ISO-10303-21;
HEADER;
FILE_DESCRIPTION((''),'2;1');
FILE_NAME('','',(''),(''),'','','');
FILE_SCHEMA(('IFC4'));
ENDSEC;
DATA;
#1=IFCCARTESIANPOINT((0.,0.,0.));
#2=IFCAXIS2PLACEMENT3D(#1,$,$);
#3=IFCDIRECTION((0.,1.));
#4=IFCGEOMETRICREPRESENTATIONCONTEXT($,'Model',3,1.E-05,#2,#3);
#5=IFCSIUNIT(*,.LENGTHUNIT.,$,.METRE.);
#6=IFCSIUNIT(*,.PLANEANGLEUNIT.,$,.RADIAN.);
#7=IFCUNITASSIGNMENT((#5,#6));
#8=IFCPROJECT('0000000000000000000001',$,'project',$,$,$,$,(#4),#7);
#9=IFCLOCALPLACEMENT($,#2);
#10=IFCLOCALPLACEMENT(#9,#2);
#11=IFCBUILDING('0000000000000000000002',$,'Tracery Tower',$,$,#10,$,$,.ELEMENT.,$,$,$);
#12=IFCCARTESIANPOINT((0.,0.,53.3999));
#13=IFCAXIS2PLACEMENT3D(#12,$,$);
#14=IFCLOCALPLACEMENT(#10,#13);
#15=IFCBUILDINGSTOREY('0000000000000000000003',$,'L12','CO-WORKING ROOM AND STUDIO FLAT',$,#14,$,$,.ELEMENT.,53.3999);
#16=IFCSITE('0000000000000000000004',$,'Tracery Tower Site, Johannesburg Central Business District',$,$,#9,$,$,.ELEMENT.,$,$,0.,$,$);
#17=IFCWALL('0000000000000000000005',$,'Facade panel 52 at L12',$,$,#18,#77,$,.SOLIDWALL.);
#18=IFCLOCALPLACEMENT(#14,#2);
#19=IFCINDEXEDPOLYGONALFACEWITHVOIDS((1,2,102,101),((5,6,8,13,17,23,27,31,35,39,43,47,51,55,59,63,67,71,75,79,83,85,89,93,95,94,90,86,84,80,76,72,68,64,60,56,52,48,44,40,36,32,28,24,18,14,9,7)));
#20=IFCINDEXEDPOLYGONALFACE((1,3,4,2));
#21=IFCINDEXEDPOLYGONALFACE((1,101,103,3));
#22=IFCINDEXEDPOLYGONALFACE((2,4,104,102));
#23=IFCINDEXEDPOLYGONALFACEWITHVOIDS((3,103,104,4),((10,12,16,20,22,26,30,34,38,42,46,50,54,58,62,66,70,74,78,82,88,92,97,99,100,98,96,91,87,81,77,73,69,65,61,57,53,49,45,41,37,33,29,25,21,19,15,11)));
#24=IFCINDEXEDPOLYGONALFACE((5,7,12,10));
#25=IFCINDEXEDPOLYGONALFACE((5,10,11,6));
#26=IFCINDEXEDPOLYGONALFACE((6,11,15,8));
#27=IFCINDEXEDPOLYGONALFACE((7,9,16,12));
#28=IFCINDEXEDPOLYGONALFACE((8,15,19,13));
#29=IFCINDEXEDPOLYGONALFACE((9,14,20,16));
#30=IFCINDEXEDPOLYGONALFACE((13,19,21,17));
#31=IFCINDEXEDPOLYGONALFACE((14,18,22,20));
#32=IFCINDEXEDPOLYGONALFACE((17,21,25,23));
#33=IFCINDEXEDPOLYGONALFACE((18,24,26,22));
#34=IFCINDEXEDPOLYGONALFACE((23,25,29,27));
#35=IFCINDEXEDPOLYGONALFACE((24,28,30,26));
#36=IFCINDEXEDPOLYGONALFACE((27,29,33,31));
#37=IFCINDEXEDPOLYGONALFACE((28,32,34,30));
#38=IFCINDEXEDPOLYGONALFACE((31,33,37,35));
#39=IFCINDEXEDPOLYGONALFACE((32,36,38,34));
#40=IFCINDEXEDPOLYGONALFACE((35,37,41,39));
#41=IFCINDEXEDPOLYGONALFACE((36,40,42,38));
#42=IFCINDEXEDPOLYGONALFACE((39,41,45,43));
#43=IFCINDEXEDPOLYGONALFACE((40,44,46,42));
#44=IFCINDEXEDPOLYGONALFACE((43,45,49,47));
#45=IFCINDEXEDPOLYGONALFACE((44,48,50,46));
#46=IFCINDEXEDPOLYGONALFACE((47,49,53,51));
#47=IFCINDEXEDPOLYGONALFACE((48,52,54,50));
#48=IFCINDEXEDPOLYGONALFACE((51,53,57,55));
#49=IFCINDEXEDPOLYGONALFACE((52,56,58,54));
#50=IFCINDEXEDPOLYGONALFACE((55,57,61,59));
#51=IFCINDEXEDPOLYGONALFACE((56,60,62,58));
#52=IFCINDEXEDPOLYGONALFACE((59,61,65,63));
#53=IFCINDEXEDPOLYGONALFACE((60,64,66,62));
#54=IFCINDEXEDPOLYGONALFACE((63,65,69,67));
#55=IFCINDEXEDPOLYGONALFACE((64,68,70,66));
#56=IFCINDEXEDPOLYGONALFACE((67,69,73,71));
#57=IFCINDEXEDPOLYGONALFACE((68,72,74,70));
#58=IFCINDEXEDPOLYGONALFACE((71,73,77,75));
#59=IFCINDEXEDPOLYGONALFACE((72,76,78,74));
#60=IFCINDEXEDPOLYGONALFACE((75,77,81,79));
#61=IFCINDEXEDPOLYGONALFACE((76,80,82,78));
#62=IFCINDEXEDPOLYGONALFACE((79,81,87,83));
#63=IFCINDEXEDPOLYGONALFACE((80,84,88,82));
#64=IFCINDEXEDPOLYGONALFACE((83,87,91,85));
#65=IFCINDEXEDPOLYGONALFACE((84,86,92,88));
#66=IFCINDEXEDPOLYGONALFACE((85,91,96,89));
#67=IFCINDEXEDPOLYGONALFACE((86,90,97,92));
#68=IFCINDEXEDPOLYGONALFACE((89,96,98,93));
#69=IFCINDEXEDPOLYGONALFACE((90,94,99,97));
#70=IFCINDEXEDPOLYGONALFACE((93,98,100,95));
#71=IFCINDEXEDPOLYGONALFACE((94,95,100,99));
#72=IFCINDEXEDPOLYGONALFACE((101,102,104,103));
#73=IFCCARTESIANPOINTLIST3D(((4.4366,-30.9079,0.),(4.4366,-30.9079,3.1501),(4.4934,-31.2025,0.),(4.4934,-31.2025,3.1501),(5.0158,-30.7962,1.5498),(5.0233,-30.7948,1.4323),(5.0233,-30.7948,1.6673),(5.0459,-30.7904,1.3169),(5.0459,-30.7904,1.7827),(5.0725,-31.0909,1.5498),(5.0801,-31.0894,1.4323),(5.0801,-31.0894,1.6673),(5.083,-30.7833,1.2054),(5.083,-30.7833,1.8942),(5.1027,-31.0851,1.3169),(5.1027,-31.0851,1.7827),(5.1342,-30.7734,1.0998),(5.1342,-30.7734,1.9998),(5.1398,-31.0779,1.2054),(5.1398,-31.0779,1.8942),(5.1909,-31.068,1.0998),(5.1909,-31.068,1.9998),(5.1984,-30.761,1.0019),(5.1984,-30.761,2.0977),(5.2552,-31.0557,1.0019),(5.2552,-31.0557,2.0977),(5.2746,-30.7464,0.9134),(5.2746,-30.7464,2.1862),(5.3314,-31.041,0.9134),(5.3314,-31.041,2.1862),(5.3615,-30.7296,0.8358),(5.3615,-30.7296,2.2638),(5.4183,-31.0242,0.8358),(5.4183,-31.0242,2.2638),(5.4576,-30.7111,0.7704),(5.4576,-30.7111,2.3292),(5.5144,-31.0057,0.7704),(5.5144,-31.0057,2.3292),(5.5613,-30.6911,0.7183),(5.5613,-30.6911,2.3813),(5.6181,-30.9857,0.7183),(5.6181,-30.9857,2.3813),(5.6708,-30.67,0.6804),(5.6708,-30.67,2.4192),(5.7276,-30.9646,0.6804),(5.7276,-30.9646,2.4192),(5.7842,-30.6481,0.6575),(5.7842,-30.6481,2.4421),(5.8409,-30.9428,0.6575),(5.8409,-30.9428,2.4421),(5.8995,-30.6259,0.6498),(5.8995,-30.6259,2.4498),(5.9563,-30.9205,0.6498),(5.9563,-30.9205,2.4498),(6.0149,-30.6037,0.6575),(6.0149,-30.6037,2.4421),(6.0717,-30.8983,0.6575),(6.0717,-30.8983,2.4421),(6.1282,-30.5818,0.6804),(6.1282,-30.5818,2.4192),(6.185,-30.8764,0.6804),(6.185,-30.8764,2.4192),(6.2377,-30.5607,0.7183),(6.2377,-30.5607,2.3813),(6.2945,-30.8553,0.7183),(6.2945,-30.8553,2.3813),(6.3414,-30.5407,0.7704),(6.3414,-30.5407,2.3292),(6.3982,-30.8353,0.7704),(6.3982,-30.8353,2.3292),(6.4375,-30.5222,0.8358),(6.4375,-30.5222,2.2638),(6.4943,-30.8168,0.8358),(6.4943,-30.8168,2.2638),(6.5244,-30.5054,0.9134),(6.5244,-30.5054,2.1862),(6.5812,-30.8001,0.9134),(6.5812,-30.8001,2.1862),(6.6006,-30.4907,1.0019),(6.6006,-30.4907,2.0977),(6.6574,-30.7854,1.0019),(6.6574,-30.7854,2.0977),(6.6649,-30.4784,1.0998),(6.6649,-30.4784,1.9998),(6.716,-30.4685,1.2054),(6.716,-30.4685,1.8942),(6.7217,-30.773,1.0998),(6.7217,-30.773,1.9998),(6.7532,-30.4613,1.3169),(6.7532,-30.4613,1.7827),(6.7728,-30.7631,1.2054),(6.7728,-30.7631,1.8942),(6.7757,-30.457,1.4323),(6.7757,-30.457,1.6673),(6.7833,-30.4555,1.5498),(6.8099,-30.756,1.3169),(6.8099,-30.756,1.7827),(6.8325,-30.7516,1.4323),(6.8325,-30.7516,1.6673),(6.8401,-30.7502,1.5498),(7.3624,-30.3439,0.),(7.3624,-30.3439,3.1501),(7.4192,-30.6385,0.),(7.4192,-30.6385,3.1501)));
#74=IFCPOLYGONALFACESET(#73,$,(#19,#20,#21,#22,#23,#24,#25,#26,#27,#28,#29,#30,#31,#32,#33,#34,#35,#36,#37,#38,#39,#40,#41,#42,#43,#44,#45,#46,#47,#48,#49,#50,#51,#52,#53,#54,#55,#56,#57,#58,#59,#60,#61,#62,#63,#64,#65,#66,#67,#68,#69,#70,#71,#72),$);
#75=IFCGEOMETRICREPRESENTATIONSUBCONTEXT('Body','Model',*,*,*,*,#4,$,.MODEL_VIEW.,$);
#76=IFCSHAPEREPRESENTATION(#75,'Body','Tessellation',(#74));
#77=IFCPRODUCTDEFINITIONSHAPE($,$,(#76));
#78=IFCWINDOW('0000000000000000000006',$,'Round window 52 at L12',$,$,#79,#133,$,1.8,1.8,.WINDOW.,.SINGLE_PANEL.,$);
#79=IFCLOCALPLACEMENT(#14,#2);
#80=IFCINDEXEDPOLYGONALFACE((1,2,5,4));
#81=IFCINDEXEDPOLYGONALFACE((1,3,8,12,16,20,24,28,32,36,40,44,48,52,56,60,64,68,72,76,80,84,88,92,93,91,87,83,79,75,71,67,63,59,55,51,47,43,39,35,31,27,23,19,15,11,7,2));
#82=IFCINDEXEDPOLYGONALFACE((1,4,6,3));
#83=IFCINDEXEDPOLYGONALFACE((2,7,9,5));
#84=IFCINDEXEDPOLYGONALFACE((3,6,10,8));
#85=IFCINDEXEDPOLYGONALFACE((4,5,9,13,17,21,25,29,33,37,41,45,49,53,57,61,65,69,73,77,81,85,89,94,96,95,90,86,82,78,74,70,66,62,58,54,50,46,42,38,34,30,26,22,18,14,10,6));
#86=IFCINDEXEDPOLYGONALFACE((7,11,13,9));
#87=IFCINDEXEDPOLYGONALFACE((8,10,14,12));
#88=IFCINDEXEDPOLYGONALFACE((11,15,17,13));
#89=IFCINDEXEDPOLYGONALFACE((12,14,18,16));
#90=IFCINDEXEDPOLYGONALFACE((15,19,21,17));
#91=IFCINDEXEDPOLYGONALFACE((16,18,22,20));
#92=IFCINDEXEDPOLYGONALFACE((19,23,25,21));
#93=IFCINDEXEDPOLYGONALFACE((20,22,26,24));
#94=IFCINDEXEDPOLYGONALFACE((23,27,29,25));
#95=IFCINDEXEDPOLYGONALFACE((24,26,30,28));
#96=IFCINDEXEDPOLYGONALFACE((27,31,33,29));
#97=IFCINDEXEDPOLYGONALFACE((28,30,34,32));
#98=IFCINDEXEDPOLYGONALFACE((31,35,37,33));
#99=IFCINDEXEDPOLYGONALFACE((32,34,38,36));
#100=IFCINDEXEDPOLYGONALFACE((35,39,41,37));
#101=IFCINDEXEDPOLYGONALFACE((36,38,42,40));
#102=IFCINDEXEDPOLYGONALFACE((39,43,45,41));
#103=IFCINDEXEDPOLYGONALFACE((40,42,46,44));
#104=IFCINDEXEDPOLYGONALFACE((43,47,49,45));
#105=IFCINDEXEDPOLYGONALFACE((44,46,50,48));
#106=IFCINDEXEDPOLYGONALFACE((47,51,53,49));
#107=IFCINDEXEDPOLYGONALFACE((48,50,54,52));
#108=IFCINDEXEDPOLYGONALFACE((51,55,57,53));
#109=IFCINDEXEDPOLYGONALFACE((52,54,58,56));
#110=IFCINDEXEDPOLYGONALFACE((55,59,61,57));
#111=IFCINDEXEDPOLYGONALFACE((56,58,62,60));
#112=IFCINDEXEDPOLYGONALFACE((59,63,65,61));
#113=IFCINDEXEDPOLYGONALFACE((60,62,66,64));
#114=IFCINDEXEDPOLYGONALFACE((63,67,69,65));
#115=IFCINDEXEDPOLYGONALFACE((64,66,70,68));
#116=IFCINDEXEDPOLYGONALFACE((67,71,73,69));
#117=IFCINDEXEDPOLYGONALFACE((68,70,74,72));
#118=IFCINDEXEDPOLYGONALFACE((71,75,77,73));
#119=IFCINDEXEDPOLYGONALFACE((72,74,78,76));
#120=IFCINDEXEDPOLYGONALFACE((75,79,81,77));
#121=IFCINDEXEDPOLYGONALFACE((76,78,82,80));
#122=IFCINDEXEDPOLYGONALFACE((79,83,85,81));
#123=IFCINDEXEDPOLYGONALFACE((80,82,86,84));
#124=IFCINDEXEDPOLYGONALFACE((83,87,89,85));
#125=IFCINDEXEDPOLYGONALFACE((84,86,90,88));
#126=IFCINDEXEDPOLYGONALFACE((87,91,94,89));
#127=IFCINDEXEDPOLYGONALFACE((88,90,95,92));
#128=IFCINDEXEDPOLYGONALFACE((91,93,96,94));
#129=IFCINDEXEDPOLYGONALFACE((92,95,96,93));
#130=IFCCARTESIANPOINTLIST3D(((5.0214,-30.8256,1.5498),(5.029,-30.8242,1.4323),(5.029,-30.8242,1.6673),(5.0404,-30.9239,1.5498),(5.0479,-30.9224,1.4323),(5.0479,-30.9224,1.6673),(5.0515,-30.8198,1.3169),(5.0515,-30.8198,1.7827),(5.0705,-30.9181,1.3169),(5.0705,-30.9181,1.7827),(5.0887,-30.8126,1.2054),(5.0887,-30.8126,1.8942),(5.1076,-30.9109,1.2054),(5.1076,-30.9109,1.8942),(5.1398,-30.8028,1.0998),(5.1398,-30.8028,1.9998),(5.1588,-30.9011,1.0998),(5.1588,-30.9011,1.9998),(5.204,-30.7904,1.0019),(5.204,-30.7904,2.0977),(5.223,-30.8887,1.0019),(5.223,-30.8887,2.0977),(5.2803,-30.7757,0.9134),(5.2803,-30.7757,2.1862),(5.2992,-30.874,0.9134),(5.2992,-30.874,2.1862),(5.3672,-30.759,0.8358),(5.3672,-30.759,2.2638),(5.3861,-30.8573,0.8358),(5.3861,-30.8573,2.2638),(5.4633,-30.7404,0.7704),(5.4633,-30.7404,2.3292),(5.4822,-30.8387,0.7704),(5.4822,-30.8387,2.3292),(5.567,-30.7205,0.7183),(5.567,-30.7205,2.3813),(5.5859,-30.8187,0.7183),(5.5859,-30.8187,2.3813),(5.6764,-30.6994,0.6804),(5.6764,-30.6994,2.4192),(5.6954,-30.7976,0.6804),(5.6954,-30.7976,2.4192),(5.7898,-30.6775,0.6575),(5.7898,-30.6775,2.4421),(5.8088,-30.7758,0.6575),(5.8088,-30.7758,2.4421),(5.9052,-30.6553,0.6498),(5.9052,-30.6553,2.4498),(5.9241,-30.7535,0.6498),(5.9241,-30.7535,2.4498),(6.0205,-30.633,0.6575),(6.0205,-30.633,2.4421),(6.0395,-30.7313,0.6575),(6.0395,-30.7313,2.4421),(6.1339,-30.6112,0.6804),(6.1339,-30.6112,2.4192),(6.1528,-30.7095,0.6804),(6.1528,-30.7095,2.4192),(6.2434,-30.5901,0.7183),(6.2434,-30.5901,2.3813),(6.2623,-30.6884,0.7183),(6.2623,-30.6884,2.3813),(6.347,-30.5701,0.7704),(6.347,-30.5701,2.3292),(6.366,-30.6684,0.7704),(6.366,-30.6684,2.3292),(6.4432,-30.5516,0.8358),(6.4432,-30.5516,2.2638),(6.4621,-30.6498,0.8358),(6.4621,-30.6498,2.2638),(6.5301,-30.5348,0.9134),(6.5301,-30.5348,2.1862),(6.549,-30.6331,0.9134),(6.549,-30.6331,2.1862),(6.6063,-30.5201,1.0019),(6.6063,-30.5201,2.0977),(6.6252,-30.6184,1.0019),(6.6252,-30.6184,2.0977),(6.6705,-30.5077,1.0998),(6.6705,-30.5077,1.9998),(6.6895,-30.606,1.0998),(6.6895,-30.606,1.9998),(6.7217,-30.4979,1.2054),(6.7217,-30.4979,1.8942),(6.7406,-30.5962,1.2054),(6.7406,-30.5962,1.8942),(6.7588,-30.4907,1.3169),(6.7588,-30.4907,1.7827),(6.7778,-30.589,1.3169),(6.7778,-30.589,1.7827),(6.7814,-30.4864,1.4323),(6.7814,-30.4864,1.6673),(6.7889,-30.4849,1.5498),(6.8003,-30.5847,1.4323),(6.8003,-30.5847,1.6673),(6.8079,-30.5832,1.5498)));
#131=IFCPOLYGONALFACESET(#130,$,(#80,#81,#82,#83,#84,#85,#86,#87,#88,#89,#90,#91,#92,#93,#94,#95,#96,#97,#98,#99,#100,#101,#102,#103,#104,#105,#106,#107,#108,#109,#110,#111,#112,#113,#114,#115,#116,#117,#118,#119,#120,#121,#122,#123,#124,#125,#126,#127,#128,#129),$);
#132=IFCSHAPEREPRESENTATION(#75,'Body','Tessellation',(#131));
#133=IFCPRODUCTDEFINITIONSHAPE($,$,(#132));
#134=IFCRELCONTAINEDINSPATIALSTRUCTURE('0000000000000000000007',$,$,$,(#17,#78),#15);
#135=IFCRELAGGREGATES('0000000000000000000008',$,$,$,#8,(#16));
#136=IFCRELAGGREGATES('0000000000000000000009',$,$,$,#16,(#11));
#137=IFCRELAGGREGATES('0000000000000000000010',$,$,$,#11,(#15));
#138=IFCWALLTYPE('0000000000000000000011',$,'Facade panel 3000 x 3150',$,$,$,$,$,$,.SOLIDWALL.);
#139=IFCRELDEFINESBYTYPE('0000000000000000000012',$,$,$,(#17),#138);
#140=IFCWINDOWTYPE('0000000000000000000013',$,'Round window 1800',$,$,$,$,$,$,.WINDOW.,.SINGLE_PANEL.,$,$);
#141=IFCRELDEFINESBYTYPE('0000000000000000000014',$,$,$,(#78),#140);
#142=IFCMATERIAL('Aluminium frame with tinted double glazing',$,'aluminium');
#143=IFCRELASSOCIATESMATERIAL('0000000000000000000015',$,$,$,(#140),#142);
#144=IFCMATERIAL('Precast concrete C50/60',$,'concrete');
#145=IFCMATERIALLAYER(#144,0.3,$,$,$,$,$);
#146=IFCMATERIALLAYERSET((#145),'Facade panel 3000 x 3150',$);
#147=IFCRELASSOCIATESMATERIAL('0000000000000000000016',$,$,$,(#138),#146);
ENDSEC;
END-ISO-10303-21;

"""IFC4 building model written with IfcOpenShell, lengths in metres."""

from ifc_helpers import new_model, si_unit, direction, frame, frame_2d, origin, origin_2d, place, context, subcontext, project, spatial, rectangle, circle, extrude, material, layer, layer_set, type_object, element, fill, save


model = new_model("IFC4")

# Units and contexts
model_context = context("Model", 3, precision=1e-05, world=origin(), true_north=direction((0.0, 1.0)))
body_context = subcontext(model_context, "Body", "Model", "MODEL_VIEW")
ifc_project = project(units=[si_unit("LENGTHUNIT", "METRE"), si_unit("PLANEANGLEUNIT", "RADIAN")], contexts=[model_context])

# Site, building, storey
site_placement = place(None, origin())
site = spatial("IfcSite", under=ifc_project, at=site_placement, Name="Tracery Tower Site, Johannesburg Central Business District", CompositionType="ELEMENT", RefElevation=0.0)
building_placement = place(site_placement, origin())
building = spatial("IfcBuilding", under=site, at=building_placement, Name="Tracery Tower", CompositionType="ELEMENT")
storey_placement = place(building_placement, frame((0.0, 0.0, 53.3999)))
storey = spatial("IfcBuildingStorey", under=building, at=storey_placement, Name="L12", Description="CO-WORKING ROOM AND STUDIO FLAT", CompositionType="ELEMENT", Elevation=53.3999)

# Wall, opening, window
ifc_material_1 = material(Name="Aluminium frame with tinted double glazing", Category="aluminium")
window_type = type_object("IfcWindowType", Name="Round window 1800", PartitioningType="SINGLE_PANEL", PredefinedType="WINDOW", material=ifc_material_1)
ifc_material_2 = material(Name="Precast concrete C50/60", Category="concrete")
ifc_layer_1 = layer(ifc_material_2, 0.3)
ifc_layer_set_1 = layer_set([ifc_layer_1], Name="Facade panel 3000 x 3150")
wall_type_1 = type_object("IfcWallType", Name="Facade panel 3000 x 3150", PredefinedType="SOLIDWALL", material=ifc_layer_set_1)
wall_1_placement = place(storey_placement, frame((4.4651, -31.0552, 0.0), z_axis=(0.0, 0.0, 1.0), x_axis=(0.981925, 0.189273, 0.0)))
wall_1 = element("IfcWall", 1, at=wall_1_placement, inside=storey, type_object=wall_type_1, Name="Facade panel 52 at L12", PredefinedType="SOLIDWALL", context=body_context, shape_type="SweptSolid", body=[
    extrude(rectangle(XDim=2.9797, YDim=0.3, at=frame_2d((1.4897, 0.0))), origin(), (0.0, 0.0, 1.0), 3.1501),
])
opening_1_placement = place(wall_1_placement, frame((1.4897, 0.0, 1.5498)))
opening_1 = element("IfcOpeningElement", 2, at=opening_1_placement, cuts=wall_1, PredefinedType="OPENING", context=body_context, shape_type="SweptSolid", body=[
    extrude(circle(Radius=0.9, at=origin_2d()), frame((0.0, 0.1599, 0.0), z_axis=(0.0, -1.0, 0.0), x_axis=(1.0, 0.0, 0.0)), (0.0, 0.0, 1.0), 0.3201),
])
window_1_placement = place(opening_1_placement, origin())
window_1 = element("IfcWindow", 3, at=window_1_placement, inside=storey, type_object=window_type, Name="Round window 52 at L12", OverallHeight=1.8, OverallWidth=1.8, PartitioningType="SINGLE_PANEL", PredefinedType="WINDOW", context=body_context, shape_type="SweptSolid", body=[
    extrude(circle(Radius=0.9, at=origin_2d()), frame((0.0, 0.1201, 0.0), z_axis=(0.0, -1.0, 0.0), x_axis=(1.0, 0.0, 0.0)), (0.0, 0.0, 1.0), 0.1001),
])
fill(opening_1, window_1)

save(model, "model.ifc")
